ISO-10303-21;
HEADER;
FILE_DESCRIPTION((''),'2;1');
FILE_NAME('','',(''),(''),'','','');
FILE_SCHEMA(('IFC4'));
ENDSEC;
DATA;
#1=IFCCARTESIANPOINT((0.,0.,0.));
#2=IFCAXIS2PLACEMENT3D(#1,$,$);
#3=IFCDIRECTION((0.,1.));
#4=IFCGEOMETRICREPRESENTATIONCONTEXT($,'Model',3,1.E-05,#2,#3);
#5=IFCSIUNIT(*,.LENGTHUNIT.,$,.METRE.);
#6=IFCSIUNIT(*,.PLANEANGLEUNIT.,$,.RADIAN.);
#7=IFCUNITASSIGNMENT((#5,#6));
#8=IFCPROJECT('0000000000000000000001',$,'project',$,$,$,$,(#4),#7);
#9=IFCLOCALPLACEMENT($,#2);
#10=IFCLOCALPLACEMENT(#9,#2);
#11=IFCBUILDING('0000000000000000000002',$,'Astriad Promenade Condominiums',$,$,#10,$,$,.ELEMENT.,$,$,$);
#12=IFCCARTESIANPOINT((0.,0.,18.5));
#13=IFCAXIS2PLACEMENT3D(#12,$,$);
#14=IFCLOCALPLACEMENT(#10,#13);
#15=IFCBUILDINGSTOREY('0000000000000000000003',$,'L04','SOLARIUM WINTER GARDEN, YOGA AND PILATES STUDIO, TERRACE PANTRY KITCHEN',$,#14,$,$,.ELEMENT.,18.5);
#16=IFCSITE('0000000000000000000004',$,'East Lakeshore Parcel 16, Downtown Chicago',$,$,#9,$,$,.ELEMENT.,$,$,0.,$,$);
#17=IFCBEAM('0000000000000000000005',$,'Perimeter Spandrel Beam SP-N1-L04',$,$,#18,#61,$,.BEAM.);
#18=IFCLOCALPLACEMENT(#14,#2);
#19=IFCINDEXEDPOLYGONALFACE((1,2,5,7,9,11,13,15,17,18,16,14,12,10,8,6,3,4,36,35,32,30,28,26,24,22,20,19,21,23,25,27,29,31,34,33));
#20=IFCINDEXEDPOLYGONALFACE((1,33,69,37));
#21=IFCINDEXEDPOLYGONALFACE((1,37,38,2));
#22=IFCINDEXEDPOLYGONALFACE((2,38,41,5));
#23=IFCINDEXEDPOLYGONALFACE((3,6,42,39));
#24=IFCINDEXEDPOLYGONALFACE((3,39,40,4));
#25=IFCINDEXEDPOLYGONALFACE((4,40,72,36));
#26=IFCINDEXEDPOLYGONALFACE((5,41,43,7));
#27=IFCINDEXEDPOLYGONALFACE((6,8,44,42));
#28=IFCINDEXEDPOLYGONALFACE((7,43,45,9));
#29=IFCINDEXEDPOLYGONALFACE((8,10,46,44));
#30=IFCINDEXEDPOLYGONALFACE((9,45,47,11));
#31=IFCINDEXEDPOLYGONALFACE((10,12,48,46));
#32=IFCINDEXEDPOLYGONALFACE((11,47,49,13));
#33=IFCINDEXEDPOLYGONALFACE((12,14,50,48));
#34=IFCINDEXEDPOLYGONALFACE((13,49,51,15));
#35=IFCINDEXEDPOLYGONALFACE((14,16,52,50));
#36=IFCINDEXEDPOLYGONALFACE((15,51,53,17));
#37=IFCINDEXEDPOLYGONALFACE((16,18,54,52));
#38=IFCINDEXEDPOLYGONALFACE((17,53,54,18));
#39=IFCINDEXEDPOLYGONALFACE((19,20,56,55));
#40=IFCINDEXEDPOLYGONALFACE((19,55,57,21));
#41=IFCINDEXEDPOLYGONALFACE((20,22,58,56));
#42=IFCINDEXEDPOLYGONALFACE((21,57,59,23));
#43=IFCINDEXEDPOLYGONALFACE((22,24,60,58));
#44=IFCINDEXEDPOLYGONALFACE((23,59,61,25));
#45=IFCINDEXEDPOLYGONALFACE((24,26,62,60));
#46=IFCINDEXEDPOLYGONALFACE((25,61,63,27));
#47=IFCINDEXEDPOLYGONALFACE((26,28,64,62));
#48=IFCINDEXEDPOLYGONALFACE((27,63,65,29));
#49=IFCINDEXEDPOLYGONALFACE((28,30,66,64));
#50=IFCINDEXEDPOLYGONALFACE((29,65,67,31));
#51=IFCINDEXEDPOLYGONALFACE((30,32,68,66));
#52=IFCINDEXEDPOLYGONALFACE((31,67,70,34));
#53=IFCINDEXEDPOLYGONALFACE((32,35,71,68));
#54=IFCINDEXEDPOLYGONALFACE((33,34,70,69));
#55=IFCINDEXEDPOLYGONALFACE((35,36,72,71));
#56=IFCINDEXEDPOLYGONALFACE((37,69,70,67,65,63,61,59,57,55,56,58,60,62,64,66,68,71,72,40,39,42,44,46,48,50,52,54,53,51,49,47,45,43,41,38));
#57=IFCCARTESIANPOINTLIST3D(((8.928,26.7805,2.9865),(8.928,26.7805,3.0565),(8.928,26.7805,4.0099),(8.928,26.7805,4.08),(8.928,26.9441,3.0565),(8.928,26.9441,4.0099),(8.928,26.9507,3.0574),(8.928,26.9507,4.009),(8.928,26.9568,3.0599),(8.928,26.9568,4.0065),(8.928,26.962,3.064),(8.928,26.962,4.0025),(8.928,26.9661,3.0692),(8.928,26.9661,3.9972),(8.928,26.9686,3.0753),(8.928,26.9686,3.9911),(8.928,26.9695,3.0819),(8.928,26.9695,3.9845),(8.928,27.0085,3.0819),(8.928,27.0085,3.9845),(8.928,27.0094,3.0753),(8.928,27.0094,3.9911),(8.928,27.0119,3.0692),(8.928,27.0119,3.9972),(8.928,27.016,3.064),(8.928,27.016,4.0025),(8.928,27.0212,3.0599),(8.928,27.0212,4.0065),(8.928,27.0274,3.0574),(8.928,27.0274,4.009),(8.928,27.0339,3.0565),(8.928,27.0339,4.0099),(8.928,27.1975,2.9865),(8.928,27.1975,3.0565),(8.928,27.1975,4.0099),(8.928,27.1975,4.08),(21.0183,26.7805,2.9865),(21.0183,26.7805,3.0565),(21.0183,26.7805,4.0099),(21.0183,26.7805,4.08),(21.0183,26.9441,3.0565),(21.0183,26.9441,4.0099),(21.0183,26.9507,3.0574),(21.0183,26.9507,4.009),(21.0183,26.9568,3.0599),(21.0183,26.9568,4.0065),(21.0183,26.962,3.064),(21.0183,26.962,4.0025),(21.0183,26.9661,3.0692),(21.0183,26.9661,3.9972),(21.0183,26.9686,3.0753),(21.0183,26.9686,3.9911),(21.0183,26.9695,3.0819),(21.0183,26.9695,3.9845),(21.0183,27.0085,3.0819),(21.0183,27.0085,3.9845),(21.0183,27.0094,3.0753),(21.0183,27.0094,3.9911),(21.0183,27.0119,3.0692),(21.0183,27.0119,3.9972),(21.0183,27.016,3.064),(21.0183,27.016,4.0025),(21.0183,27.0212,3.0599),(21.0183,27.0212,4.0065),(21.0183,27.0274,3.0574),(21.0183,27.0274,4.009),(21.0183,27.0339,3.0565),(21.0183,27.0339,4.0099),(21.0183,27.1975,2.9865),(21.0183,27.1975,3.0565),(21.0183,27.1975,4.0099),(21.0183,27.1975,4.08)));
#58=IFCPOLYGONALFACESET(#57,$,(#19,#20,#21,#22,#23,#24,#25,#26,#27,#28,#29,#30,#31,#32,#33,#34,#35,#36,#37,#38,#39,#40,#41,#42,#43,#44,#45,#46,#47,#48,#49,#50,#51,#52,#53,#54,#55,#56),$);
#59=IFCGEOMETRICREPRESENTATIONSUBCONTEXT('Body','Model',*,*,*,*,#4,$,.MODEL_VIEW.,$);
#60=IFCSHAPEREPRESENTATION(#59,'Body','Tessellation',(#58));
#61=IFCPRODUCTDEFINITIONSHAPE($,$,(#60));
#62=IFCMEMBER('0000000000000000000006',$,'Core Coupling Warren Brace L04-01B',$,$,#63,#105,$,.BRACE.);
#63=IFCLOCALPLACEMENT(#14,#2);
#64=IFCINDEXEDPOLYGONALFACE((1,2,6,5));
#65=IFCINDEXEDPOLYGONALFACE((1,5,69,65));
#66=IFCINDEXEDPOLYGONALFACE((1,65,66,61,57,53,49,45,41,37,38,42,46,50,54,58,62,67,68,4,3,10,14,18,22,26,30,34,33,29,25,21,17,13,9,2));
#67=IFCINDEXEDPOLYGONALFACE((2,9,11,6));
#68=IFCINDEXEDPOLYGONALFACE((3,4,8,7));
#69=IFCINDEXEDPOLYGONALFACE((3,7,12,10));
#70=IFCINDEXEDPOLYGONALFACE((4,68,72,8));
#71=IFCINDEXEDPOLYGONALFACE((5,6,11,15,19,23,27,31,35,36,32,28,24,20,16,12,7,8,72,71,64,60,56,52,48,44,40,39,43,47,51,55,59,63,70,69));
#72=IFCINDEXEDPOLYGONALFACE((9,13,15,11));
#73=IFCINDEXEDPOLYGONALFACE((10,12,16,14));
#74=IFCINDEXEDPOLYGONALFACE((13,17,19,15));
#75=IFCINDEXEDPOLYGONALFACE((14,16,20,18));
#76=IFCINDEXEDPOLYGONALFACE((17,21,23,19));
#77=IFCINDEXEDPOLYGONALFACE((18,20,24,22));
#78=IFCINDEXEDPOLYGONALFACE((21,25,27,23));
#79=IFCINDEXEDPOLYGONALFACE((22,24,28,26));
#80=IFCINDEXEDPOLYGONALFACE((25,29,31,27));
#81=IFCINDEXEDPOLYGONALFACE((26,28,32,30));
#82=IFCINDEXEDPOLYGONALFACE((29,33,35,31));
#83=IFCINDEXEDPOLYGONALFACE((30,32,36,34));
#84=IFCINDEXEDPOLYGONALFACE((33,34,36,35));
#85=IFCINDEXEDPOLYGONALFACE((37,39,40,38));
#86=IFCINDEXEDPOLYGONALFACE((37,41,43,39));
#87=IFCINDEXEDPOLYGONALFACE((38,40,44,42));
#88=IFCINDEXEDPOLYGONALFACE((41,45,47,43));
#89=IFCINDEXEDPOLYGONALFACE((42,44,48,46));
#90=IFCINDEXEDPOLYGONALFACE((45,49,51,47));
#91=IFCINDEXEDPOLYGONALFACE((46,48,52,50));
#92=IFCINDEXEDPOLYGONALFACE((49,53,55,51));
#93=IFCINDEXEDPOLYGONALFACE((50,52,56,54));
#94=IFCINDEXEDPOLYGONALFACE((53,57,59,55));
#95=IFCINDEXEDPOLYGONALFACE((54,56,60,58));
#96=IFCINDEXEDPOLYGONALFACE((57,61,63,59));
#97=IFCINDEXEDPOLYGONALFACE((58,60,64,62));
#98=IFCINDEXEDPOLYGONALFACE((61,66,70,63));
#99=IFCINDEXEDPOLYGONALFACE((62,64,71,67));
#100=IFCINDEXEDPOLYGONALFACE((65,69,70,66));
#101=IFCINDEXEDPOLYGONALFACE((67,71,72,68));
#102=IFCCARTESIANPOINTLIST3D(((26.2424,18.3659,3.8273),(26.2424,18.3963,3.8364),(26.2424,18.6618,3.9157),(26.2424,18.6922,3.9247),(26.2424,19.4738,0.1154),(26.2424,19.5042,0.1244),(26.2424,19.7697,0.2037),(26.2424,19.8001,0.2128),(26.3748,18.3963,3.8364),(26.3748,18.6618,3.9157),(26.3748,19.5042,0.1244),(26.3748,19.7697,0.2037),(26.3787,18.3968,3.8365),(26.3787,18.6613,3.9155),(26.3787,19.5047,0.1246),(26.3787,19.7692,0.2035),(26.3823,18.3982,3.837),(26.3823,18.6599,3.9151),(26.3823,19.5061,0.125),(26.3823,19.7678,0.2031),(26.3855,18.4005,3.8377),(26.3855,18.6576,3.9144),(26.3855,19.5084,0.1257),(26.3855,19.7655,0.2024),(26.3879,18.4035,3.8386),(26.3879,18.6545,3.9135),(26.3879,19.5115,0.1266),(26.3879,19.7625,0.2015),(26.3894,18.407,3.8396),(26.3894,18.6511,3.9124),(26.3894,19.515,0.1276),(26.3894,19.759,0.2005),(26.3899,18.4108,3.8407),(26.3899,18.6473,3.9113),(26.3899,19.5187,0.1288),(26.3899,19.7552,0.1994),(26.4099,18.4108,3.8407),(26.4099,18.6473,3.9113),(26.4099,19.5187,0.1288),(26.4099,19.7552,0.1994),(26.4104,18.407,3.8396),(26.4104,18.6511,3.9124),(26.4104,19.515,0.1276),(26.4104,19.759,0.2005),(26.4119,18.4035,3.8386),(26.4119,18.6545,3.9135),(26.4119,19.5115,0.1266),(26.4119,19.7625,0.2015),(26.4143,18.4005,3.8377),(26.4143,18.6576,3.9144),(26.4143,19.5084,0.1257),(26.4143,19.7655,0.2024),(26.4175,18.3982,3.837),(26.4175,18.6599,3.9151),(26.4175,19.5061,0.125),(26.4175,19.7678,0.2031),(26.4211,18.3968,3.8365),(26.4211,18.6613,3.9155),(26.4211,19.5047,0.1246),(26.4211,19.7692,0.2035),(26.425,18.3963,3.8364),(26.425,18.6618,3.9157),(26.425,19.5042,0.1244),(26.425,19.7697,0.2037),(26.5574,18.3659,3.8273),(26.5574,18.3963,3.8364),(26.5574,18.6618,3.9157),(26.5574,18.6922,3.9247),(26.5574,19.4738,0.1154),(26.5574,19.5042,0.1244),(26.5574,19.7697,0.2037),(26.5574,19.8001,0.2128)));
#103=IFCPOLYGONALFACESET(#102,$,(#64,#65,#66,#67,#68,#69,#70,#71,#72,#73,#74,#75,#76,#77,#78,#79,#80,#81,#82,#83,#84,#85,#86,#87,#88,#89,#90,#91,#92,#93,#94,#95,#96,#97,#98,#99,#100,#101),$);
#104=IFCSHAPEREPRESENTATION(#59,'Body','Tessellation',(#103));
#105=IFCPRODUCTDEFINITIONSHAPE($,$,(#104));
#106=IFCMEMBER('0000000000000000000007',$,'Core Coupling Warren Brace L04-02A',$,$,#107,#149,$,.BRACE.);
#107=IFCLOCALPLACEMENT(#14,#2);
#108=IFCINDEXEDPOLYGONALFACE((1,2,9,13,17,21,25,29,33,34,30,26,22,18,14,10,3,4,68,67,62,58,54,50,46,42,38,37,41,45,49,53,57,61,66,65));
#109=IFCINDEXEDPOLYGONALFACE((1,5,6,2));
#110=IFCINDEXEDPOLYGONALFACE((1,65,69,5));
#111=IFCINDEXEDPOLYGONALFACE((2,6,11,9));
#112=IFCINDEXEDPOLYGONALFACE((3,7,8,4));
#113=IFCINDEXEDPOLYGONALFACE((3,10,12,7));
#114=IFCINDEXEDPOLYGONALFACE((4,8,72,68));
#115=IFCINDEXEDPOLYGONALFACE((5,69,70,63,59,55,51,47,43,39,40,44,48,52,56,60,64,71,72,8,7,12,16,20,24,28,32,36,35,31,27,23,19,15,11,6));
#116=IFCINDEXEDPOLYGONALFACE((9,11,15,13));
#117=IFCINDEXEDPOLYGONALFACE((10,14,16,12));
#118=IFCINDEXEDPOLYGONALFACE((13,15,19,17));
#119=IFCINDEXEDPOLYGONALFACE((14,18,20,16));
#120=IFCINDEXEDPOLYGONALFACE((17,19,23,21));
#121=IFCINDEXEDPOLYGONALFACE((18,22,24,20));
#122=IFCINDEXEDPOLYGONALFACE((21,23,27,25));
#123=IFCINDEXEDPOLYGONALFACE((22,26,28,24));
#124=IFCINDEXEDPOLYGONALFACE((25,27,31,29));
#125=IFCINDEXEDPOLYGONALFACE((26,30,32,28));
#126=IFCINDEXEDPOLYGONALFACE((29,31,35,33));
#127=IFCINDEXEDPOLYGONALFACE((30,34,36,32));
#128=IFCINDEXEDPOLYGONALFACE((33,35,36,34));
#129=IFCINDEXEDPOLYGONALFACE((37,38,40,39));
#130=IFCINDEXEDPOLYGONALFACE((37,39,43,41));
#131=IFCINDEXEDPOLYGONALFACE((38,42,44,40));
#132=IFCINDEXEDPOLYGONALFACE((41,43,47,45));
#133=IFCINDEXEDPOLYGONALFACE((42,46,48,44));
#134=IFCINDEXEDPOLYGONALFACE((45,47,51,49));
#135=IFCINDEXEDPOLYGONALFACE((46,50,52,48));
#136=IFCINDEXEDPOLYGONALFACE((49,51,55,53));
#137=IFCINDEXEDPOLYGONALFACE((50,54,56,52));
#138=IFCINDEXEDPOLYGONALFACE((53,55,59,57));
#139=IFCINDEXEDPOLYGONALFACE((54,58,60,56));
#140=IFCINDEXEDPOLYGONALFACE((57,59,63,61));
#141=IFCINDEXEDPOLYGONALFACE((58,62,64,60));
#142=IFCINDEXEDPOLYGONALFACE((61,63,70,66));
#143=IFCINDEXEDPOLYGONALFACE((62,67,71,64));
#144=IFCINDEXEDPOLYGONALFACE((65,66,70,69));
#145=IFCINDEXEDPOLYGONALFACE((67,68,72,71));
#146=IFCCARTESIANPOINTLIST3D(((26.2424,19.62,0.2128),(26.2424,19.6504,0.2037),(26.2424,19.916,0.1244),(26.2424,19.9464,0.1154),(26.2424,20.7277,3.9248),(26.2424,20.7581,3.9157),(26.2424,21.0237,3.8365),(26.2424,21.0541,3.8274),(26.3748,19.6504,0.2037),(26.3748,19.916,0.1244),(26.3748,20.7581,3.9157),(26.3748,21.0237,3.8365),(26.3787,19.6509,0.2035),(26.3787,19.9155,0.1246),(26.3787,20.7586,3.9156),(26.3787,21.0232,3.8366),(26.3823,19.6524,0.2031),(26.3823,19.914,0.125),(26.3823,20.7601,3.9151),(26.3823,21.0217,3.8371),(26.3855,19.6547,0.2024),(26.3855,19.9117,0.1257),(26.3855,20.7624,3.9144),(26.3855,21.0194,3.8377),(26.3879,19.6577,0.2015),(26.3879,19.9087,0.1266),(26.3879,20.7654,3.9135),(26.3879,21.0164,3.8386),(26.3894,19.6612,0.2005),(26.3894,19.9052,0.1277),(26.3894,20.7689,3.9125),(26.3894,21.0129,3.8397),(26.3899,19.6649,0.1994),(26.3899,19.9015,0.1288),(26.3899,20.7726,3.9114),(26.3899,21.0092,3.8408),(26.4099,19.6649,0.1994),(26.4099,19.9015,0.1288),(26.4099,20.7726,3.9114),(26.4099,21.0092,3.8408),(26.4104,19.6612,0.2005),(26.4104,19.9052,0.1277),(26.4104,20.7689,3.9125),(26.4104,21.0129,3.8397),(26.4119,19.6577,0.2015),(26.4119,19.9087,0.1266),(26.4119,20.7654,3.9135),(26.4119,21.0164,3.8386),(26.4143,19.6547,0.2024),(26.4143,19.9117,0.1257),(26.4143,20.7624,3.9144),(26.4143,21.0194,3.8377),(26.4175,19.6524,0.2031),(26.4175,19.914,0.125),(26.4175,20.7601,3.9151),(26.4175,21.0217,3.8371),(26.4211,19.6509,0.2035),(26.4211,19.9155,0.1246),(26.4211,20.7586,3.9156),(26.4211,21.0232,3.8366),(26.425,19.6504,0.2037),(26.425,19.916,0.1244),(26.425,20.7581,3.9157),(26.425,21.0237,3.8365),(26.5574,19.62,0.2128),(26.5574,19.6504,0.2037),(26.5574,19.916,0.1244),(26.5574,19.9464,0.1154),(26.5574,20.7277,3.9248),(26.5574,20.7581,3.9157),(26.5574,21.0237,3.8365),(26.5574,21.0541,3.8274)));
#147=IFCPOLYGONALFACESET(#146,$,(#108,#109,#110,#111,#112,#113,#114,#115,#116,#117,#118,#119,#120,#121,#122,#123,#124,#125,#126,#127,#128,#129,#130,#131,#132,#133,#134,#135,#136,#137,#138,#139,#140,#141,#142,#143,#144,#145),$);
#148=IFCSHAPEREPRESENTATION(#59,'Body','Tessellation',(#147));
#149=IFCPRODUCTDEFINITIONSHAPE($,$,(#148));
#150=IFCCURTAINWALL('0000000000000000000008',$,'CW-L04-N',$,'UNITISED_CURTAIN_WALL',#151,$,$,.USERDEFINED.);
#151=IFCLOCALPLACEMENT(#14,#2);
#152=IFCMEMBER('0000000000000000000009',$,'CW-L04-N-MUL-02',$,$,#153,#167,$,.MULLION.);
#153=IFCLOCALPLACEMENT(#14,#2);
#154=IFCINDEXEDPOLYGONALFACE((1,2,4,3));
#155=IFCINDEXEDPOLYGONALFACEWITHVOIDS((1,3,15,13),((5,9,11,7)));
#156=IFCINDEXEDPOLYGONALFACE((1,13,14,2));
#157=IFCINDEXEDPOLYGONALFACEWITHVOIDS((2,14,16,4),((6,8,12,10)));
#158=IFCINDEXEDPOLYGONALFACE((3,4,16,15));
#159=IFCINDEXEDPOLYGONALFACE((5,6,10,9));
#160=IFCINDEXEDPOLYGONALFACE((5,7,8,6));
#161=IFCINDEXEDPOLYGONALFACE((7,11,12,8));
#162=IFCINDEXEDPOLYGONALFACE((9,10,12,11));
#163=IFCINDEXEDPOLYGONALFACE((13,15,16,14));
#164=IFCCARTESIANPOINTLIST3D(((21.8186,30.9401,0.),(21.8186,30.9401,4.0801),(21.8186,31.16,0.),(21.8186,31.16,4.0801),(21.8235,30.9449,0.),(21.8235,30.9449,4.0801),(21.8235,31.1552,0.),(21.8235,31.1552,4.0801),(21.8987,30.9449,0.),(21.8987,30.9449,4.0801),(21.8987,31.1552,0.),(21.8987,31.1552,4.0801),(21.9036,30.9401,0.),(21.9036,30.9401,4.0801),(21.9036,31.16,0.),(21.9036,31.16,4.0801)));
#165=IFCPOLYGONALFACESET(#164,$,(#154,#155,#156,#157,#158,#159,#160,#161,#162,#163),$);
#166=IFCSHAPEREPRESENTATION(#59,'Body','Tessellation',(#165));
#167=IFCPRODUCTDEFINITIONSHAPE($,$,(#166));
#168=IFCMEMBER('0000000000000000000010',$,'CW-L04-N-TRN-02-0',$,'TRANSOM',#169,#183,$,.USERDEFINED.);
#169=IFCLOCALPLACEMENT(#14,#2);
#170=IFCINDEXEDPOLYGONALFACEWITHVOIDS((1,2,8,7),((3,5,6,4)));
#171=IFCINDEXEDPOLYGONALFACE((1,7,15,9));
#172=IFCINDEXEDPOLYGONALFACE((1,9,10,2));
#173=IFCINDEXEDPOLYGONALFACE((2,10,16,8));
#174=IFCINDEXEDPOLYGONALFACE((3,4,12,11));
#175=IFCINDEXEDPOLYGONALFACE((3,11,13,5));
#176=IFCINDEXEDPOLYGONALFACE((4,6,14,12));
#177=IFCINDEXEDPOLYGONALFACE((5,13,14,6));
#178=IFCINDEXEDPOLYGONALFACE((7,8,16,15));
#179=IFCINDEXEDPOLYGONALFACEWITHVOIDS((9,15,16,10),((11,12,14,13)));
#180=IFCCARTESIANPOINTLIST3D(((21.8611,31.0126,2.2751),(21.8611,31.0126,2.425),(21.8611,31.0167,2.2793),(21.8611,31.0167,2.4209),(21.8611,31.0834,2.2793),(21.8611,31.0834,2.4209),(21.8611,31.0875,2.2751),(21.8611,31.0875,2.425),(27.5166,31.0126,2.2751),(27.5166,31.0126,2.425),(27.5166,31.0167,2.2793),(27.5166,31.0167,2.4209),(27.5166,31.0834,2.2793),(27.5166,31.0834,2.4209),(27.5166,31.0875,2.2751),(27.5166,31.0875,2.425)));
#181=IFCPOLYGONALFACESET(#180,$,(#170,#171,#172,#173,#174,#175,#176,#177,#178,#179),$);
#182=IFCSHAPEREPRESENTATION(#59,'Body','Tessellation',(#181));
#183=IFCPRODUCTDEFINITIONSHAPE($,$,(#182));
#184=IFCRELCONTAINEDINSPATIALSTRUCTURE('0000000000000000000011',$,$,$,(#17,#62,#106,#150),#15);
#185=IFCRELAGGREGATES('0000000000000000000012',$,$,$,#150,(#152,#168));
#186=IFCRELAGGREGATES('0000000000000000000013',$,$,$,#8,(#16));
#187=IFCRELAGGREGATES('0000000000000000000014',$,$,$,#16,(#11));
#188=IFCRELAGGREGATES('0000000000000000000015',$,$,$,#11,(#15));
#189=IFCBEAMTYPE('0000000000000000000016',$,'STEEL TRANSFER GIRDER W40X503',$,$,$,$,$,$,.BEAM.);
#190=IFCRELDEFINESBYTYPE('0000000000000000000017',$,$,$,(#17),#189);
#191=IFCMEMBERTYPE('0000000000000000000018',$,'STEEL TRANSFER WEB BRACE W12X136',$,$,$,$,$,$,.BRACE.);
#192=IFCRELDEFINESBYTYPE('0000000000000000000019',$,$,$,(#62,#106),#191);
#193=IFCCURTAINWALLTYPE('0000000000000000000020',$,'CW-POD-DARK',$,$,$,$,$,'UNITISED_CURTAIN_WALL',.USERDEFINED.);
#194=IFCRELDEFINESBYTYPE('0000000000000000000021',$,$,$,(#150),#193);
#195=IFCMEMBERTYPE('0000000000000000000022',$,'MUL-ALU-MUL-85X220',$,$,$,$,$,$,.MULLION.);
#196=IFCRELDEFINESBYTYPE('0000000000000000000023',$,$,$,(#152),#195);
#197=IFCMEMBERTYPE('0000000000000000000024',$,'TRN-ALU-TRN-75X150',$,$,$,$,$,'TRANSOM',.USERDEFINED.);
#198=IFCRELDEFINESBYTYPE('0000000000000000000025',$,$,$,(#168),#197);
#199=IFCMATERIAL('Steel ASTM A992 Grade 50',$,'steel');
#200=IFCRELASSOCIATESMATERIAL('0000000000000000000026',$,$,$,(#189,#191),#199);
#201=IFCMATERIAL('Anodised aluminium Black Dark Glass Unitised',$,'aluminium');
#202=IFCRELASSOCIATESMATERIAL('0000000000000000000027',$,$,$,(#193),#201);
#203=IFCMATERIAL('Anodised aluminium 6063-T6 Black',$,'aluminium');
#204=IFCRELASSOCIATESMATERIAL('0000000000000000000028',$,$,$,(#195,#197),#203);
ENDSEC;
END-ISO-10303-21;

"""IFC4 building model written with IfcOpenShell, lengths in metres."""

from ifc_helpers import new_model, si_unit, direction, frame, origin, origin_2d, place, context, subcontext, project, spatial, hollow_rectangle, i_section, extrude, source, transform, mapped, material, material_profile, profile_set, type_object, type_shapes, element, aggregate, save


model = new_model("IFC4")

# Units and contexts
model_context = context("Model", 3, precision=1e-05, world=origin(), true_north=direction((0.0, 1.0)))
body_context = subcontext(model_context, "Body", "Model", "MODEL_VIEW")
ifc_project = project(units=[si_unit("LENGTHUNIT", "METRE"), si_unit("PLANEANGLEUNIT", "RADIAN")], contexts=[model_context])

# Site, building, storey
site_placement = place(None, origin())
site = spatial("IfcSite", under=ifc_project, at=site_placement, Name="East Lakeshore Parcel 16, Downtown Chicago", CompositionType="ELEMENT", RefElevation=0.0)
building_placement = place(site_placement, origin())
building = spatial("IfcBuilding", under=site, at=building_placement, Name="Astriad Promenade Condominiums", CompositionType="ELEMENT")
storey_placement = place(building_placement, frame((0.0, 0.0, 18.5)))
storey = spatial("IfcBuildingStorey", under=building, at=storey_placement, Name="L04", Description="SOLARIUM WINTER GARDEN, YOGA AND PILATES STUDIO, TERRACE PANTRY KITCHEN", CompositionType="ELEMENT", Elevation=18.5)

# Shared definitions
ifc_material_1 = material(Name="Steel ASTM A992 Grade 50", Category="steel")

# Beam
ifc_material_profile_1 = material_profile(ifc_material_1, i_section(OverallWidth=0.417, OverallDepth=1.0935, WebThickness=0.0391, FlangeThickness=0.0701, FilletRadius=0.0254, at=origin_2d()), Name="W40X503")
ifc_profile_set_1 = profile_set([ifc_material_profile_1], Name="Steel ASTM A992 Grade 50")
beam_type_1 = type_object("IfcBeamType", Name="STEEL TRANSFER GIRDER W40X503", PredefinedType="BEAM", material=ifc_profile_set_1)
shared_shape_1 = source(origin(), body_context, "Body", "SweptSolid", [
    extrude(i_section(OverallWidth=0.417, OverallDepth=1.0935, WebThickness=0.0391, FlangeThickness=0.0701, FilletRadius=0.0254, at=origin_2d()), origin(), (0.0, 0.0, 1.0), 12.0903),
])
type_shapes(beam_type_1, [shared_shape_1])
beam_1_placement = place(storey_placement, frame((21.0183, 26.989, 3.5332), z_axis=(-1.0, 0.0, 0.0), x_axis=(0.0, -1.0, 0.0)))
element("IfcBeam", 1, at=beam_1_placement, inside=storey, type_object=beam_type_1, Name="Perimeter Spandrel Beam SP-N1-L04", PredefinedType="BEAM", context=body_context, shape_type="MappedRepresentation", body=[
    mapped(shared_shape_1, transform((0.0, 0.0, 0.0), scale=1.0)),
])

# Members
ifc_material_profile_2 = material_profile(ifc_material_1, i_section(OverallWidth=0.3149, OverallDepth=0.3406, WebThickness=0.02, FlangeThickness=0.0317, FilletRadius=0.0151, at=origin_2d()), Name="W12X136")
ifc_profile_set_2 = profile_set([ifc_material_profile_2], Name="Steel ASTM A992 Grade 50")
member_type_1 = type_object("IfcMemberType", Name="STEEL TRANSFER WEB BRACE W12X136", PredefinedType="BRACE", material=ifc_profile_set_2)
shared_shape_2 = source(origin(), body_context, "Body", "SweptSolid", [
    extrude(i_section(OverallWidth=0.3149, OverallDepth=0.3406, WebThickness=0.02, FlangeThickness=0.0317, FilletRadius=0.0151, at=origin_2d()), origin(), (0.0, 0.0, 1.0), 3.8738),
])
type_shapes(member_type_1, [shared_shape_2])
for number, where, z_axis, x_axis, name in (
    (2, (26.3999, 19.637, 0.1641), (0.0, -0.286006, 0.958228), (1.0, 0.0, 0.0), "Core Coupling Warren Brace L04-01B"),
    (3, (26.3999, 19.7832, 0.1641), (0.0, 0.285948, 0.958245), (-1.0, 0.0, 0.0), "Core Coupling Warren Brace L04-02A"),
):
    element("IfcMember", number, at=place(storey_placement, frame(where, z_axis=z_axis, x_axis=x_axis)), inside=storey, type_object=member_type_1, Name=name, PredefinedType="BRACE", context=body_context, shape_type="MappedRepresentation", body=[
        mapped(shared_shape_2, transform((0.0, 0.0, 0.0), scale=1.0)),
    ])

# Curtain wall, members
ifc_material_2 = material(Name="Anodised aluminium Black Dark Glass Unitised", Category="aluminium")
curtain_wall_type = type_object("IfcCurtainWallType", Name="CW-POD-DARK", ElementType="UNITISED_CURTAIN_WALL", PredefinedType="USERDEFINED", material=ifc_material_2)
curtain_wall_placement = place(storey_placement, origin())
curtain_wall = element("IfcCurtainWall", 4, at=curtain_wall_placement, inside=storey, type_object=curtain_wall_type, Name="CW-L04-N", ObjectType="UNITISED_CURTAIN_WALL", PredefinedType="USERDEFINED")
ifc_material_3 = material(Name="Anodised aluminium 6063-T6 Black", Category="aluminium")
ifc_material_profile_3 = material_profile(ifc_material_3, hollow_rectangle(XDim=0.085, YDim=0.22, WallThickness=0.0049, at=origin_2d()), Name="ALU-MUL-85X220")
ifc_profile_set_3 = profile_set([ifc_material_profile_3], Name="Anodised aluminium 6063-T6 Black")
member_type_2 = type_object("IfcMemberType", Name="MUL-ALU-MUL-85X220", PredefinedType="MULLION", material=ifc_profile_set_3)
shared_shape_3 = source(origin(), body_context, "Body", "SweptSolid", [
    extrude(hollow_rectangle(XDim=0.085, YDim=0.22, WallThickness=0.0049, at=origin_2d()), origin(), (0.0, 0.0, 1.0), 4.0801),
])
type_shapes(member_type_2, [shared_shape_3])
member_1_placement = place(storey_placement, frame((21.8611, 31.05, 0.0), z_axis=(0.0, 0.0, 1.0), x_axis=(1.0, 0.0, 0.0)))
member_1 = element("IfcMember", 5, at=member_1_placement, type_object=member_type_2, Name="CW-L04-N-MUL-02", PredefinedType="MULLION", context=body_context, shape_type="MappedRepresentation", body=[
    mapped(shared_shape_3, transform((0.0, 0.0, 0.0), scale=1.0)),
])
ifc_material_profile_4 = material_profile(ifc_material_3, hollow_rectangle(XDim=0.075, YDim=0.1499, WallThickness=0.0042, at=origin_2d()), Name="ALU-TRN-75X150")
ifc_profile_set_4 = profile_set([ifc_material_profile_4], Name="Anodised aluminium 6063-T6 Black")
member_type_3 = type_object("IfcMemberType", Name="TRN-ALU-TRN-75X150", ElementType="TRANSOM", PredefinedType="USERDEFINED", material=ifc_profile_set_4)
shared_shape_4 = source(origin(), body_context, "Body", "SweptSolid", [
    extrude(hollow_rectangle(XDim=0.075, YDim=0.1499, WallThickness=0.0042, at=origin_2d()), origin(), (0.0, 0.0, 1.0), 5.6555),
])
type_shapes(member_type_3, [shared_shape_4])
member_2_placement = place(storey_placement, frame((21.8611, 31.05, 2.3501), z_axis=(1.0, 0.0, 0.0), x_axis=(0.0, 1.0, 0.0)))
member_2 = element("IfcMember", 6, at=member_2_placement, type_object=member_type_3, Name="CW-L04-N-TRN-02-0", ObjectType="TRANSOM", PredefinedType="USERDEFINED", context=body_context, shape_type="MappedRepresentation", body=[
    mapped(shared_shape_4, transform((0.0, 0.0, 0.0), scale=1.0)),
])

aggregate(curtain_wall, [member_1, member_2])

save(model, "model.ifc")
